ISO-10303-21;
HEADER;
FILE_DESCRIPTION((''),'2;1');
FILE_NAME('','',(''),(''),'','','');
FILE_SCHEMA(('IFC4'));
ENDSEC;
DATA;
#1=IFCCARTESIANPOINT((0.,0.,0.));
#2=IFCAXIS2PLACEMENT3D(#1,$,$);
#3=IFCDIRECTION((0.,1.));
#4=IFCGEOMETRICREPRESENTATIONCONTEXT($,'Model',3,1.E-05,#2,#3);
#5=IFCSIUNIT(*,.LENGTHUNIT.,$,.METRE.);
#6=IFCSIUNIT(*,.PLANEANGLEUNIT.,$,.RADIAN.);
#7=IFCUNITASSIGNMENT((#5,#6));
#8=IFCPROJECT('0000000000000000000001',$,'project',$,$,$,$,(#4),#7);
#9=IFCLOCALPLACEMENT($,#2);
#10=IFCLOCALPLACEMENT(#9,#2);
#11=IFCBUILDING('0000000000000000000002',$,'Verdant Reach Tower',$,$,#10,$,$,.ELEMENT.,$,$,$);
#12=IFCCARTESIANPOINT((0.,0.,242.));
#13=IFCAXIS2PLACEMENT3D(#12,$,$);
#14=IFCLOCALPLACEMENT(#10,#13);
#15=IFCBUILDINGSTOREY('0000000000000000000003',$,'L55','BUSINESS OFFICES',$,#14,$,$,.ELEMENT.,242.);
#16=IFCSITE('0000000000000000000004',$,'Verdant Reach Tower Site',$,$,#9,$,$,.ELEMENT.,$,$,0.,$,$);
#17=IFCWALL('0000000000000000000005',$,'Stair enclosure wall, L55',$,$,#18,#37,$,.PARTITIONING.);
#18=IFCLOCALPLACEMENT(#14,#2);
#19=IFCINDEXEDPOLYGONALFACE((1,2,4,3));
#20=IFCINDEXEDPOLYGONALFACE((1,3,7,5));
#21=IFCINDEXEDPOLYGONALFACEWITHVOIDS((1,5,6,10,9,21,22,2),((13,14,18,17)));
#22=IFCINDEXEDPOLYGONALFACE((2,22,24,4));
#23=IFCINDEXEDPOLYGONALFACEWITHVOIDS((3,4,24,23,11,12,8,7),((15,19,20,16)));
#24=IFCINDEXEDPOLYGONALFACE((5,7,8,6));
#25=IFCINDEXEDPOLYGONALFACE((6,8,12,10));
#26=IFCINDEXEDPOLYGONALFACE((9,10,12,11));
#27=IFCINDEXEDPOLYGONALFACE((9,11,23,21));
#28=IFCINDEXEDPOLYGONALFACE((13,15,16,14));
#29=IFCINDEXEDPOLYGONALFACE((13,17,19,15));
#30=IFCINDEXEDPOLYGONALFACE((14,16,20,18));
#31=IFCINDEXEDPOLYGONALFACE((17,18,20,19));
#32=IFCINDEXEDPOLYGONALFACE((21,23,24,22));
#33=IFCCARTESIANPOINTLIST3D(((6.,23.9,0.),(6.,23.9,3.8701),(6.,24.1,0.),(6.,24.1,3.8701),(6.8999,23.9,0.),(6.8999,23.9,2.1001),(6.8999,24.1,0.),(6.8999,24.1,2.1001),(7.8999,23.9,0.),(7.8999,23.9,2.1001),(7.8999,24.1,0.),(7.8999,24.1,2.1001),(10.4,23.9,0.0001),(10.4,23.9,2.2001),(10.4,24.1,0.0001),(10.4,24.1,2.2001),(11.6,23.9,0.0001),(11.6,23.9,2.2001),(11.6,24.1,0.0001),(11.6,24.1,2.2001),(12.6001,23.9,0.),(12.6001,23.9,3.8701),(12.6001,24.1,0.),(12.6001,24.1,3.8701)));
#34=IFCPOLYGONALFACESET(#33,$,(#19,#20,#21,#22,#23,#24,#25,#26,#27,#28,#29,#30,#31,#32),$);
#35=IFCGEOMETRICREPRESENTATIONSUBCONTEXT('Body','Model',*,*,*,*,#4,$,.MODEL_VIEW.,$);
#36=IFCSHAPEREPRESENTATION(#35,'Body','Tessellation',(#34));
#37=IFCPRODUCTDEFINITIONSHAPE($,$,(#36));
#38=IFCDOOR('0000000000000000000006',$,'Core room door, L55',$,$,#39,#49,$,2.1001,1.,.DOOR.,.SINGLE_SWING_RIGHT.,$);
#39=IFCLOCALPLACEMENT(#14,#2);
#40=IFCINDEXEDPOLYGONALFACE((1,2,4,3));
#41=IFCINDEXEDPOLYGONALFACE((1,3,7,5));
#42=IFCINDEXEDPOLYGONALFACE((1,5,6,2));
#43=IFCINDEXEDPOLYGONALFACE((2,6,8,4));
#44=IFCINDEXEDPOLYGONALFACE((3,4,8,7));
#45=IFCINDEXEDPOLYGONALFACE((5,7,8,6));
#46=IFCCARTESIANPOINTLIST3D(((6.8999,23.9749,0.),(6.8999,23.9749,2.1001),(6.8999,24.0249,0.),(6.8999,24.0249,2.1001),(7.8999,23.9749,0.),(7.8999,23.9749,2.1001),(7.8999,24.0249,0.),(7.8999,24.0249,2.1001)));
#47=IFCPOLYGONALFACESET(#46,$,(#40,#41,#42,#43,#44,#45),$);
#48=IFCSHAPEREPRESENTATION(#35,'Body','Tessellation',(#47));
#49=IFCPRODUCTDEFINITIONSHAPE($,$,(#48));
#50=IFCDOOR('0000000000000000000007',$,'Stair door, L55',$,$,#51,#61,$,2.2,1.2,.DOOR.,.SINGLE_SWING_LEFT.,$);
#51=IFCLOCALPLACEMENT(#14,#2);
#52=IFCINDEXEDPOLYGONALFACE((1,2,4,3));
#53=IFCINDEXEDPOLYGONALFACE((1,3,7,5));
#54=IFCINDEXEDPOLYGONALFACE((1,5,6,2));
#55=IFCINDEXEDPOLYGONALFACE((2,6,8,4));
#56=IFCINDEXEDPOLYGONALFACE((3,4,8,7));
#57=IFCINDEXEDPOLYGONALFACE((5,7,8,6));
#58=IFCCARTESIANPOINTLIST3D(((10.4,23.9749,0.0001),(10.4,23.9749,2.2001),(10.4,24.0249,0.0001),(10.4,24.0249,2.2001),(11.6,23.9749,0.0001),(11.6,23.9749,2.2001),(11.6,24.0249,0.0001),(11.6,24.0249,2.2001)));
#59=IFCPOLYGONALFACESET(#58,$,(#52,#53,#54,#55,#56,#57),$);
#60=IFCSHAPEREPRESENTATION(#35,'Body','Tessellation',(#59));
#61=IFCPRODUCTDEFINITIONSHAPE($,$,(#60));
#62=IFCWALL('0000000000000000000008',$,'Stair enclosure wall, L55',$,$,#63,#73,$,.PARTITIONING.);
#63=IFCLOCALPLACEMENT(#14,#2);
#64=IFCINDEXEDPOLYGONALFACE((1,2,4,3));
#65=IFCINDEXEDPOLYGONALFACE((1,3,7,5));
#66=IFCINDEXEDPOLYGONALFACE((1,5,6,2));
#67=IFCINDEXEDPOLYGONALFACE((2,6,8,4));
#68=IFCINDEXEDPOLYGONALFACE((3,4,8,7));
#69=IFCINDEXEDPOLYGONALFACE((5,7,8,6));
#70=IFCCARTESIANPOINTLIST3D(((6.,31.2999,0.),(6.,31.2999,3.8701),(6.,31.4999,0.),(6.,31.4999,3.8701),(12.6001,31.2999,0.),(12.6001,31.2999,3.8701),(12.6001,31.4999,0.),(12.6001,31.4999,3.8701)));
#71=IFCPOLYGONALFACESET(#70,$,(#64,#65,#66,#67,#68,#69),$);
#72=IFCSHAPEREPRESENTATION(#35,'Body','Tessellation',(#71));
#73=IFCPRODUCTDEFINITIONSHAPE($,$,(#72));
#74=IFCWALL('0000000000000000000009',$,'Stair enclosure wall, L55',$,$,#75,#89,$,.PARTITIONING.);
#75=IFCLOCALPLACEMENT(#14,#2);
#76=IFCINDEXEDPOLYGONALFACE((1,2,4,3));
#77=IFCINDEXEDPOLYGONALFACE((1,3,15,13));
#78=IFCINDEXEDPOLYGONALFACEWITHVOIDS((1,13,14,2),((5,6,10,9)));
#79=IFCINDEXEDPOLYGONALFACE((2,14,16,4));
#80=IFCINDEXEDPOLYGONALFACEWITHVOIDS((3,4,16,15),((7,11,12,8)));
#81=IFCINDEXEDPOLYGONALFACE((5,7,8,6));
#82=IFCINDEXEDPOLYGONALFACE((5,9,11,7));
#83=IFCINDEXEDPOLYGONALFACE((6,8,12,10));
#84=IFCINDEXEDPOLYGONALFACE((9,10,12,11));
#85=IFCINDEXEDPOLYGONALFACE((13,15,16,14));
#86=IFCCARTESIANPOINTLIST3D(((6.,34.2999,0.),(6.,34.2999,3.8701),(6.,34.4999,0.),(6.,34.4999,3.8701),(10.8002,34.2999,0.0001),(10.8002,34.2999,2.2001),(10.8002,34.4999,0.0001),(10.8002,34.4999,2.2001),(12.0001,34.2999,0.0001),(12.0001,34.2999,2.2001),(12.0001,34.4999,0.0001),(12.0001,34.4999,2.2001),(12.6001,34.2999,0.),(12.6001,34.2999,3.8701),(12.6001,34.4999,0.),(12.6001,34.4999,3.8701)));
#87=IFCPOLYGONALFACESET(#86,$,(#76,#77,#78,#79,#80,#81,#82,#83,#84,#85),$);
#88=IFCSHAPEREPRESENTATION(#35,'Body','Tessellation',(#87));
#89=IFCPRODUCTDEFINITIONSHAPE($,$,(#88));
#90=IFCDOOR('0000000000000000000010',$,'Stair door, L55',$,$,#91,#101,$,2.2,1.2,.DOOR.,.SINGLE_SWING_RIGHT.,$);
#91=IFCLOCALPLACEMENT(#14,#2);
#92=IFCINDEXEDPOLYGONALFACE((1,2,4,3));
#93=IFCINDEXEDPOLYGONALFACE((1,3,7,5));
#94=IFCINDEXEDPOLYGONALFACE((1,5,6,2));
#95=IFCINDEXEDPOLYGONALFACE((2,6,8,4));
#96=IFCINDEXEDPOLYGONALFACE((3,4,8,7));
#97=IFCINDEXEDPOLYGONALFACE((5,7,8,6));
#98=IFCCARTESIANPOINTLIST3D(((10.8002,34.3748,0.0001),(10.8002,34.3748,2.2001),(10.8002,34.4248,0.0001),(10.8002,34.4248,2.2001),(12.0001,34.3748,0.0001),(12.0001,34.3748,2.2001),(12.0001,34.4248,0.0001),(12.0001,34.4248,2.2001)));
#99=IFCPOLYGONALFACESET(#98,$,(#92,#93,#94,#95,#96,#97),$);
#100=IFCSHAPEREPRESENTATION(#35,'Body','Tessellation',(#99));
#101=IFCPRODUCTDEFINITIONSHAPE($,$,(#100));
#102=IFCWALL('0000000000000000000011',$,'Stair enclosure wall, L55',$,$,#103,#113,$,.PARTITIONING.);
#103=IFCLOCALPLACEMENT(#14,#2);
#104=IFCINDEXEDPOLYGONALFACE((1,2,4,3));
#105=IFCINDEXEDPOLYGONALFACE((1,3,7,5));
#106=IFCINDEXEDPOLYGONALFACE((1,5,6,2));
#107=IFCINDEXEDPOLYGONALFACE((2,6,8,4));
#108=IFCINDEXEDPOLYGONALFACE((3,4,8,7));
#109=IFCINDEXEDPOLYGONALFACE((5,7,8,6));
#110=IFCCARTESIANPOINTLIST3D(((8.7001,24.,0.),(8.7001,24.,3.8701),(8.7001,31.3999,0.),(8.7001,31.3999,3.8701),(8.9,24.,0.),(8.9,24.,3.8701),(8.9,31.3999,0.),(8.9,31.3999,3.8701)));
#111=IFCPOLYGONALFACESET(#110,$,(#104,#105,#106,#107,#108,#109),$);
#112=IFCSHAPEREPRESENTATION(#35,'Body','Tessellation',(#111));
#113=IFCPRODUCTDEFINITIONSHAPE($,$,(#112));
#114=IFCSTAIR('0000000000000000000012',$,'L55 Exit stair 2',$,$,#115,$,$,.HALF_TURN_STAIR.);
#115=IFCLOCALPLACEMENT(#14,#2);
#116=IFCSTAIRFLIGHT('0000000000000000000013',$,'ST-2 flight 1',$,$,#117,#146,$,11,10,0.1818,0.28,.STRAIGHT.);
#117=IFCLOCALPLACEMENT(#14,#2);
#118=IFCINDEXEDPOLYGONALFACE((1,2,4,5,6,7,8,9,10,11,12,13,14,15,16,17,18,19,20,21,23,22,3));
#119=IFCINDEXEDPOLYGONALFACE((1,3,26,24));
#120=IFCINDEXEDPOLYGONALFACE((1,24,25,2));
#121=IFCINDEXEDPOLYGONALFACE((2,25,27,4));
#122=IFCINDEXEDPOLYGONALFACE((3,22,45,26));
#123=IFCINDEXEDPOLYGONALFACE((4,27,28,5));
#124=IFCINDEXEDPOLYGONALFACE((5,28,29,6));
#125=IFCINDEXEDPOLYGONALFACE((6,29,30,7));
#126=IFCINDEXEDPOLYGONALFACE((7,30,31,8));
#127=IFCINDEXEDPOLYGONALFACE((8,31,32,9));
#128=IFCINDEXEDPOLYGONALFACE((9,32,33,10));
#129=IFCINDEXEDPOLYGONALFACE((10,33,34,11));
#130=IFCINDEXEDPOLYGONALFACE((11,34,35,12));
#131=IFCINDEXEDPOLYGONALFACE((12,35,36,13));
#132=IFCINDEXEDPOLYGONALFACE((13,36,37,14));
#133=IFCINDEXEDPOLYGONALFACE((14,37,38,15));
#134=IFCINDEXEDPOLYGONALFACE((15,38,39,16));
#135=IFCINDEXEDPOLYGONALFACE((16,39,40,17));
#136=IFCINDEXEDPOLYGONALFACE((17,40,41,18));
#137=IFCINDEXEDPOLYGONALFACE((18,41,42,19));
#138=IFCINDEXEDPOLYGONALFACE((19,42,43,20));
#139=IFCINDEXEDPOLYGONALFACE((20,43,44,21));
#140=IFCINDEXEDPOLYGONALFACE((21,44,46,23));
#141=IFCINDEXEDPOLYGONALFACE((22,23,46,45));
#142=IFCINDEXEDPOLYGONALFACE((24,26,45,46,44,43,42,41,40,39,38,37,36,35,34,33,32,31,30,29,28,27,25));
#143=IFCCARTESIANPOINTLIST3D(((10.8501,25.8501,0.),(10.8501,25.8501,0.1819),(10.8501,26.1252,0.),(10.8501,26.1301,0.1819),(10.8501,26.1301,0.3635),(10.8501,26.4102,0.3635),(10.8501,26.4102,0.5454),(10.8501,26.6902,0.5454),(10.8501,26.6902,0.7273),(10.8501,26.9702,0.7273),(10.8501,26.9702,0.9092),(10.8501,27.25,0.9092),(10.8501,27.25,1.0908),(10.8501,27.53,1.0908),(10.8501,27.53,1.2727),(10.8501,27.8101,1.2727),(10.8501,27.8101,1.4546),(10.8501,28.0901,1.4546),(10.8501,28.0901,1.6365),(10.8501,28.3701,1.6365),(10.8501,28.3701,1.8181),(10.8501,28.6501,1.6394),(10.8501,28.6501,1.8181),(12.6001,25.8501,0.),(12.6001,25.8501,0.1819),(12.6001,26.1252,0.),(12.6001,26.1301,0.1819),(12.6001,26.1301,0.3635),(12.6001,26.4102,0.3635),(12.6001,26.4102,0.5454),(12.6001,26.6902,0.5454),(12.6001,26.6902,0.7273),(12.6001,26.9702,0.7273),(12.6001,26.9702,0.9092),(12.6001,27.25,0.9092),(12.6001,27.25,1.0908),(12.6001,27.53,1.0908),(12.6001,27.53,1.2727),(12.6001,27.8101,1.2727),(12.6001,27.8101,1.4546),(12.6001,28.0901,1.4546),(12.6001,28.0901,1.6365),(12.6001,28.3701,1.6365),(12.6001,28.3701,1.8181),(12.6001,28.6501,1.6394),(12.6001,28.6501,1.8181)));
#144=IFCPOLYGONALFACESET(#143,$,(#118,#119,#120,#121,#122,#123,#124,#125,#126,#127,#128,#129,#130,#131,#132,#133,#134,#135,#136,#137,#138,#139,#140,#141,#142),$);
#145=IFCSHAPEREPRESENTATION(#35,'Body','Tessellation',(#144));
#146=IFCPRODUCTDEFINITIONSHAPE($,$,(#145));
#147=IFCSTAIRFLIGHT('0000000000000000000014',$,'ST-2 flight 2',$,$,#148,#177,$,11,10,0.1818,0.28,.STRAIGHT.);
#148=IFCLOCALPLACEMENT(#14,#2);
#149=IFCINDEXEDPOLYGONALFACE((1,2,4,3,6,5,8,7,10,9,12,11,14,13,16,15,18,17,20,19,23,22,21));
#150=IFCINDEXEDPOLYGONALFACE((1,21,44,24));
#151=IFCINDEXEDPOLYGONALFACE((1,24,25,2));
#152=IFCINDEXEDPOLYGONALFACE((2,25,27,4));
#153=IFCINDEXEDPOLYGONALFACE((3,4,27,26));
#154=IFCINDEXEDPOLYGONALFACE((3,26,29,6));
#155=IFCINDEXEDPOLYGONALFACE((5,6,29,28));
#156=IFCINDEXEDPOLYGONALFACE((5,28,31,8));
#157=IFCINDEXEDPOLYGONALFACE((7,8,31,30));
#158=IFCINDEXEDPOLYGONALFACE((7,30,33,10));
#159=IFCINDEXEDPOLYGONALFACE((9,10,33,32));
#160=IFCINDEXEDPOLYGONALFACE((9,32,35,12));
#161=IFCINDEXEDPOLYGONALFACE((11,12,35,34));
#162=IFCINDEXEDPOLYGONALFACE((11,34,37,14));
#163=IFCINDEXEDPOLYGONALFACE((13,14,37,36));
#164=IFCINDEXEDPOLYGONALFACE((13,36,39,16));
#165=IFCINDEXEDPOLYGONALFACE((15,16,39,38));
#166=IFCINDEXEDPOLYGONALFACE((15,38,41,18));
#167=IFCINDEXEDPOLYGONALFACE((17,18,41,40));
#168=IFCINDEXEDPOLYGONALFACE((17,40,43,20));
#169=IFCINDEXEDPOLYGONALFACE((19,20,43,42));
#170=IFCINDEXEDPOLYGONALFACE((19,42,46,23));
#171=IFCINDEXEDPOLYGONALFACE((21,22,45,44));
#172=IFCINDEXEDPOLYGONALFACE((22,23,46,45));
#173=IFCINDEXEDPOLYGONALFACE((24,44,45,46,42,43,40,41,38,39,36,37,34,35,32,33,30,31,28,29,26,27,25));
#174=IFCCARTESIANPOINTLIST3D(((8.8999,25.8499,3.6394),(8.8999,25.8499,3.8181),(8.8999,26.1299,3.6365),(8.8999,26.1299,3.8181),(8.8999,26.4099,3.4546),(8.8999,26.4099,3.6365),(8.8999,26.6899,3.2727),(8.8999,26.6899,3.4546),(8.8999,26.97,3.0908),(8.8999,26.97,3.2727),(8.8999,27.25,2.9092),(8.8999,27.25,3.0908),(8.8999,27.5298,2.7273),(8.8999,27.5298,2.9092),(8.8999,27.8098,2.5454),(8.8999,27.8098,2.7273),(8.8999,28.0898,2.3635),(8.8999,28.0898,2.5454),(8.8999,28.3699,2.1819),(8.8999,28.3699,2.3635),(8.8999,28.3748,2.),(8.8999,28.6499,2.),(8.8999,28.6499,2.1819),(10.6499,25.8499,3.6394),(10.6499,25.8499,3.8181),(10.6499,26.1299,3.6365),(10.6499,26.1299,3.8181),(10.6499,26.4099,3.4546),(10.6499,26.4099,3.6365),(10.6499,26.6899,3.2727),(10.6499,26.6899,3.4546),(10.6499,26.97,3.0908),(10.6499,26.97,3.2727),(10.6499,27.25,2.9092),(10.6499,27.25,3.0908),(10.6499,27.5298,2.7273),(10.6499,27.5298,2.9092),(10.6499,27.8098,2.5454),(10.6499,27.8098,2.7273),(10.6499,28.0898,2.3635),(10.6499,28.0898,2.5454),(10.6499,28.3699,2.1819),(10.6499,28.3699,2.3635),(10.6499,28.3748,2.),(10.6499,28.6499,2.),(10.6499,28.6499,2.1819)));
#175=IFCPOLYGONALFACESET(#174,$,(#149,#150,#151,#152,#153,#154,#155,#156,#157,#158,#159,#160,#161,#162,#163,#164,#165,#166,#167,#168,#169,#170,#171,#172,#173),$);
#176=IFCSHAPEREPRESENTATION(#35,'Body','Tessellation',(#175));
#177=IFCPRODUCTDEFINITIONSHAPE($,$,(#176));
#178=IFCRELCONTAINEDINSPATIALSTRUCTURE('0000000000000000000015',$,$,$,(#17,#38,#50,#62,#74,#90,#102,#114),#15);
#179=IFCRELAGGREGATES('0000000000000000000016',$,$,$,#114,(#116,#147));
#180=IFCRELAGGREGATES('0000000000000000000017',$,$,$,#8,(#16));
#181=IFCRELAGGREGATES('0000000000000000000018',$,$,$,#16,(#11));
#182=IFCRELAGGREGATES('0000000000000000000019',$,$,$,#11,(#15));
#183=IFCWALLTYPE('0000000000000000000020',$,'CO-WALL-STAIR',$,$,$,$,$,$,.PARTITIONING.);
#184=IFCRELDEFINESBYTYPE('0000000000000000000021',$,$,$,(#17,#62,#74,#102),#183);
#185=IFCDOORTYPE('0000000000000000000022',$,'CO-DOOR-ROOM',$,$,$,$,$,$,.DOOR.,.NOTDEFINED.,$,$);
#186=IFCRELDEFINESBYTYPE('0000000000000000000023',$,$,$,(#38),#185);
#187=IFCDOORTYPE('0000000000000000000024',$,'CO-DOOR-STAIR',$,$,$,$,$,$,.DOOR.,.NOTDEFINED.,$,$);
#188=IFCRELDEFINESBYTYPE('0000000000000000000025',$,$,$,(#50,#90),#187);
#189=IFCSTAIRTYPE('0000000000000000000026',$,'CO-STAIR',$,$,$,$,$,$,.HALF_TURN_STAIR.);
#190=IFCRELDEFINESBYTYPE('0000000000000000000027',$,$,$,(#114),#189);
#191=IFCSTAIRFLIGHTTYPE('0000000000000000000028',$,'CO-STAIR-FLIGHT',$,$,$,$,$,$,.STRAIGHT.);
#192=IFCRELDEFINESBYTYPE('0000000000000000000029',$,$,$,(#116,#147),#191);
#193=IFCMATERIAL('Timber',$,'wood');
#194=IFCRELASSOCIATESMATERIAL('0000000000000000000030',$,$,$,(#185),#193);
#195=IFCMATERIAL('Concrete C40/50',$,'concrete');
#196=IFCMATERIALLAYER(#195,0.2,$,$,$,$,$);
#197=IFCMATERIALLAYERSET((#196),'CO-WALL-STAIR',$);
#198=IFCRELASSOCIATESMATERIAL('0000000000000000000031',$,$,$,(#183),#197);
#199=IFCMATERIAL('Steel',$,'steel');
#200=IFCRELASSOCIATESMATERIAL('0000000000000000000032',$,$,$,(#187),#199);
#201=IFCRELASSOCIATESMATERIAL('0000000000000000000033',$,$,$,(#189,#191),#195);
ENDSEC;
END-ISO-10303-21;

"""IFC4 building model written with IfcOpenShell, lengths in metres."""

from ifc_helpers import new_model, si_unit, direction, frame, frame_2d, origin, place, context, subcontext, project, spatial, polyline, rectangle, outline, extrude, material, layer, layer_set, type_object, element, fill, aggregate, save


model = new_model("IFC4")

# Units and contexts
model_context = context("Model", 3, precision=1e-05, world=origin(), true_north=direction((0.0, 1.0)))
body_context = subcontext(model_context, "Body", "Model", "MODEL_VIEW")
ifc_project = project(units=[si_unit("LENGTHUNIT", "METRE"), si_unit("PLANEANGLEUNIT", "RADIAN")], contexts=[model_context])

# Site, building, storey
site_placement = place(None, origin())
site = spatial("IfcSite", under=ifc_project, at=site_placement, Name="Verdant Reach Tower Site", CompositionType="ELEMENT", RefElevation=0.0)
building_placement = place(site_placement, origin())
building = spatial("IfcBuilding", under=site, at=building_placement, Name="Verdant Reach Tower", CompositionType="ELEMENT")
storey_placement = place(building_placement, frame((0.0, 0.0, 242.0)))
storey = spatial("IfcBuildingStorey", under=building, at=storey_placement, Name="L55", Description="BUSINESS OFFICES", CompositionType="ELEMENT", Elevation=242.0)

# Shared definitions
ifc_material_1 = material(Name="Timber", Category="wood")
door_type_1 = type_object("IfcDoorType", Name="CO-DOOR-ROOM", OperationType="NOTDEFINED", PredefinedType="DOOR", material=ifc_material_1)

# Shared definitions
ifc_material_2 = material(Name="Concrete C40/50", Category="concrete")

# Wall, openings, doors
ifc_layer_1 = layer(ifc_material_2, 0.2)
ifc_layer_set_1 = layer_set([ifc_layer_1], Name="CO-WALL-STAIR")
wall_type_1 = type_object("IfcWallType", Name="CO-WALL-STAIR", PredefinedType="PARTITIONING", material=ifc_layer_set_1)
wall_1_placement = place(storey_placement, frame((6.0, 24.0, 0.0), z_axis=(0.0, 0.0, 1.0), x_axis=(1.0, 0.0, 0.0)))
wall_1 = element("IfcWall", 1, at=wall_1_placement, inside=storey, type_object=wall_type_1, Name="Stair enclosure wall, L55", PredefinedType="PARTITIONING", context=body_context, shape_type="SweptSolid", body=[
    extrude(rectangle(XDim=6.6001, YDim=0.2, at=frame_2d((3.3, 0.0))), origin(), (0.0, 0.0, 1.0), 3.8701),
])
opening_1_placement = place(wall_1_placement, frame((0.8999, 0.0, 0.0)))
opening_1 = element("IfcOpeningElement", 2, at=opening_1_placement, cuts=wall_1, PredefinedType="OPENING", context=body_context, shape_type="SweptSolid", body=[
    extrude(rectangle(XDim=1.0, YDim=2.1001, at=frame_2d((0.5, 1.05))), frame((0.0, 0.1099, 0.0), z_axis=(0.0, -1.0, 0.0), x_axis=(1.0, 0.0, 0.0)), (0.0, 0.0, 1.0), 0.22),
])
opening_2_placement = place(wall_1_placement, frame((4.3999, 0.0, 0.0)))
opening_2 = element("IfcOpeningElement", 3, at=opening_2_placement, cuts=wall_1, PredefinedType="OPENING", context=body_context, shape_type="SweptSolid", body=[
    extrude(rectangle(XDim=1.2, YDim=2.2, at=frame_2d((0.6001, 1.1001))), frame((0.0, 0.1099, 0.0), z_axis=(0.0, -1.0, 0.0), x_axis=(1.0, 0.0, 0.0)), (0.0, 0.0, 1.0), 0.22),
])
door_1_placement = place(opening_1_placement, origin())
door_1 = element("IfcDoor", 4, at=door_1_placement, inside=storey, type_object=door_type_1, Name="Core room door, L55", OperationType="SINGLE_SWING_RIGHT", OverallHeight=2.1001, OverallWidth=1.0, PredefinedType="DOOR", context=body_context, shape_type="SweptSolid", body=[
    extrude(rectangle(XDim=1.0, YDim=2.1001, at=frame_2d((0.5, 1.05))), frame((0.0, 0.0249, 0.0), z_axis=(0.0, -1.0, 0.0), x_axis=(1.0, 0.0, 0.0)), (0.0, 0.0, 1.0), 0.05),
])
fill(opening_1, door_1)
ifc_material_3 = material(Name="Steel", Category="steel")
door_type_2 = type_object("IfcDoorType", Name="CO-DOOR-STAIR", OperationType="NOTDEFINED", PredefinedType="DOOR", material=ifc_material_3)
door_2_placement = place(opening_2_placement, origin())
door_2 = element("IfcDoor", 5, at=door_2_placement, inside=storey, type_object=door_type_2, Name="Stair door, L55", OperationType="SINGLE_SWING_LEFT", OverallHeight=2.2, OverallWidth=1.2, PredefinedType="DOOR", context=body_context, shape_type="SweptSolid", body=[
    extrude(rectangle(XDim=1.2, YDim=2.2, at=frame_2d((0.6001, 1.1001))), frame((0.0, 0.0249, 0.0), z_axis=(0.0, -1.0, 0.0), x_axis=(1.0, 0.0, 0.0)), (0.0, 0.0, 1.0), 0.05),
])
fill(opening_2, door_2)

# Wall
wall_2_placement = place(storey_placement, frame((6.0, 31.3999, 0.0), z_axis=(0.0, 0.0, 1.0), x_axis=(1.0, 0.0, 0.0)))
element("IfcWall", 6, at=wall_2_placement, inside=storey, type_object=wall_type_1, Name="Stair enclosure wall, L55", PredefinedType="PARTITIONING", context=body_context, shape_type="SweptSolid", body=[
    extrude(rectangle(XDim=6.6001, YDim=0.2, at=frame_2d((3.3, 0.0))), origin(), (0.0, 0.0, 1.0), 3.8701),
])

# Wall, opening, door
wall_3_placement = place(storey_placement, frame((6.0, 34.3999, 0.0), z_axis=(0.0, 0.0, 1.0), x_axis=(1.0, 0.0, 0.0)))
wall_3 = element("IfcWall", 7, at=wall_3_placement, inside=storey, type_object=wall_type_1, Name="Stair enclosure wall, L55", PredefinedType="PARTITIONING", context=body_context, shape_type="SweptSolid", body=[
    extrude(rectangle(XDim=6.6001, YDim=0.2, at=frame_2d((3.3, 0.0))), origin(), (0.0, 0.0, 1.0), 3.8701),
])
opening_3_placement = place(wall_3_placement, frame((4.8, 0.0, 0.0)))
opening_3 = element("IfcOpeningElement", 8, at=opening_3_placement, cuts=wall_3, PredefinedType="OPENING", context=body_context, shape_type="SweptSolid", body=[
    extrude(rectangle(XDim=1.2, YDim=2.2, at=frame_2d((0.6001, 1.1001))), frame((0.0, 0.1099, 0.0), z_axis=(0.0, -1.0, 0.0), x_axis=(1.0, 0.0, 0.0)), (0.0, 0.0, 1.0), 0.22),
])
door_3_placement = place(opening_3_placement, origin())
door_3 = element("IfcDoor", 9, at=door_3_placement, inside=storey, type_object=door_type_2, Name="Stair door, L55", OperationType="SINGLE_SWING_RIGHT", OverallHeight=2.2, OverallWidth=1.2, PredefinedType="DOOR", context=body_context, shape_type="SweptSolid", body=[
    extrude(rectangle(XDim=1.2, YDim=2.2, at=frame_2d((0.6001, 1.1001))), frame((0.0, 0.0249, 0.0), z_axis=(0.0, -1.0, 0.0), x_axis=(1.0, 0.0, 0.0)), (0.0, 0.0, 1.0), 0.05),
])
fill(opening_3, door_3)

# Wall
wall_4_placement = place(storey_placement, frame((8.8, 24.0, 0.0), z_axis=(0.0, 0.0, 1.0), x_axis=(0.0, 1.0, 0.0)))
element("IfcWall", 10, at=wall_4_placement, inside=storey, type_object=wall_type_1, Name="Stair enclosure wall, L55", PredefinedType="PARTITIONING", context=body_context, shape_type="SweptSolid", body=[
    extrude(rectangle(XDim=7.3999, YDim=0.2, at=frame_2d((3.7, 0.0))), origin(), (0.0, 0.0, 1.0), 3.8701),
])

# Stair, stair flights
stair_type = type_object("IfcStairType", Name="CO-STAIR", PredefinedType="HALF_TURN_STAIR", material=ifc_material_2)
stair_1_placement = place(storey_placement, origin())
stair_1 = element("IfcStair", 11, at=stair_1_placement, inside=storey, type_object=stair_type, Name="L55 Exit stair 2", PredefinedType="HALF_TURN_STAIR")
stair_flight_type = type_object("IfcStairFlightType", Name="CO-STAIR-FLIGHT", PredefinedType="STRAIGHT", material=ifc_material_2)
stair_flight_1_placement = place(storey_placement, frame((11.7251, 25.8501, 0.0), z_axis=(0.0, 0.0, 1.0), x_axis=(0.0, 1.0, 0.0)))
stair_flight_1 = element("IfcStairFlight", 12, at=stair_flight_1_placement, type_object=stair_flight_type, Name="ST-2 flight 1", NumberOfRisers=11, NumberOfTreads=10, PredefinedType="STRAIGHT", RiserHeight=0.1818, TreadLength=0.28, context=body_context, shape_type="SweptSolid", body=[
    extrude(outline(polyline([(0.0, 0.0), (0.0, 0.1819), (0.28, 0.1819), (0.28, 0.3635), (0.5601, 0.3635), (0.5601, 0.5454), (0.8401, 0.5454), (0.8401, 0.7273), (1.1201, 0.7273), (1.1201, 0.9092), (1.3999, 0.9092), (1.3999, 1.0908), (1.6799, 1.0908), (1.6799, 1.2727), (1.96, 1.2727), (1.96, 1.4546), (2.24, 1.4546), (2.24, 1.6365), (2.52, 1.6365), (2.52, 1.8181), (2.8, 1.8181), (2.8, 2.0), (2.8, 1.6394), (0.2751, 0.0), (0.0, 0.0)])), frame((0.0, 0.875, 0.0), z_axis=(0.0, -1.0, 0.0), x_axis=(1.0, 0.0, 0.0)), (0.0, 0.0, 1.0), 1.75),
])
stair_flight_2_placement = place(storey_placement, frame((9.7749, 28.6499, 2.0), z_axis=(0.0, 0.0, 1.0), x_axis=(0.0, -1.0, 0.0)))
stair_flight_2 = element("IfcStairFlight", 13, at=stair_flight_2_placement, type_object=stair_flight_type, Name="ST-2 flight 2", NumberOfRisers=11, NumberOfTreads=10, PredefinedType="STRAIGHT", RiserHeight=0.1818, TreadLength=0.28, context=body_context, shape_type="SweptSolid", body=[
    extrude(outline(polyline([(0.0, 0.0), (0.0, 0.1819), (0.28, 0.1819), (0.28, 0.3635), (0.5601, 0.3635), (0.5601, 0.5454), (0.8401, 0.5454), (0.8401, 0.7273), (1.1201, 0.7273), (1.1201, 0.9092), (1.3999, 0.9092), (1.3999, 1.0908), (1.6799, 1.0908), (1.6799, 1.2727), (1.96, 1.2727), (1.96, 1.4546), (2.24, 1.4546), (2.24, 1.6365), (2.52, 1.6365), (2.52, 1.8181), (2.8, 1.8181), (2.8, 2.0), (2.8, 1.6394), (0.2751, 0.0), (0.0, 0.0)])), frame((0.0, 0.875, 0.0), z_axis=(0.0, -1.0, 0.0), x_axis=(1.0, 0.0, 0.0)), (0.0, 0.0, 1.0), 1.75),
])
aggregate(stair_1, [stair_flight_1, stair_flight_2])

save(model, "model.ifc")
